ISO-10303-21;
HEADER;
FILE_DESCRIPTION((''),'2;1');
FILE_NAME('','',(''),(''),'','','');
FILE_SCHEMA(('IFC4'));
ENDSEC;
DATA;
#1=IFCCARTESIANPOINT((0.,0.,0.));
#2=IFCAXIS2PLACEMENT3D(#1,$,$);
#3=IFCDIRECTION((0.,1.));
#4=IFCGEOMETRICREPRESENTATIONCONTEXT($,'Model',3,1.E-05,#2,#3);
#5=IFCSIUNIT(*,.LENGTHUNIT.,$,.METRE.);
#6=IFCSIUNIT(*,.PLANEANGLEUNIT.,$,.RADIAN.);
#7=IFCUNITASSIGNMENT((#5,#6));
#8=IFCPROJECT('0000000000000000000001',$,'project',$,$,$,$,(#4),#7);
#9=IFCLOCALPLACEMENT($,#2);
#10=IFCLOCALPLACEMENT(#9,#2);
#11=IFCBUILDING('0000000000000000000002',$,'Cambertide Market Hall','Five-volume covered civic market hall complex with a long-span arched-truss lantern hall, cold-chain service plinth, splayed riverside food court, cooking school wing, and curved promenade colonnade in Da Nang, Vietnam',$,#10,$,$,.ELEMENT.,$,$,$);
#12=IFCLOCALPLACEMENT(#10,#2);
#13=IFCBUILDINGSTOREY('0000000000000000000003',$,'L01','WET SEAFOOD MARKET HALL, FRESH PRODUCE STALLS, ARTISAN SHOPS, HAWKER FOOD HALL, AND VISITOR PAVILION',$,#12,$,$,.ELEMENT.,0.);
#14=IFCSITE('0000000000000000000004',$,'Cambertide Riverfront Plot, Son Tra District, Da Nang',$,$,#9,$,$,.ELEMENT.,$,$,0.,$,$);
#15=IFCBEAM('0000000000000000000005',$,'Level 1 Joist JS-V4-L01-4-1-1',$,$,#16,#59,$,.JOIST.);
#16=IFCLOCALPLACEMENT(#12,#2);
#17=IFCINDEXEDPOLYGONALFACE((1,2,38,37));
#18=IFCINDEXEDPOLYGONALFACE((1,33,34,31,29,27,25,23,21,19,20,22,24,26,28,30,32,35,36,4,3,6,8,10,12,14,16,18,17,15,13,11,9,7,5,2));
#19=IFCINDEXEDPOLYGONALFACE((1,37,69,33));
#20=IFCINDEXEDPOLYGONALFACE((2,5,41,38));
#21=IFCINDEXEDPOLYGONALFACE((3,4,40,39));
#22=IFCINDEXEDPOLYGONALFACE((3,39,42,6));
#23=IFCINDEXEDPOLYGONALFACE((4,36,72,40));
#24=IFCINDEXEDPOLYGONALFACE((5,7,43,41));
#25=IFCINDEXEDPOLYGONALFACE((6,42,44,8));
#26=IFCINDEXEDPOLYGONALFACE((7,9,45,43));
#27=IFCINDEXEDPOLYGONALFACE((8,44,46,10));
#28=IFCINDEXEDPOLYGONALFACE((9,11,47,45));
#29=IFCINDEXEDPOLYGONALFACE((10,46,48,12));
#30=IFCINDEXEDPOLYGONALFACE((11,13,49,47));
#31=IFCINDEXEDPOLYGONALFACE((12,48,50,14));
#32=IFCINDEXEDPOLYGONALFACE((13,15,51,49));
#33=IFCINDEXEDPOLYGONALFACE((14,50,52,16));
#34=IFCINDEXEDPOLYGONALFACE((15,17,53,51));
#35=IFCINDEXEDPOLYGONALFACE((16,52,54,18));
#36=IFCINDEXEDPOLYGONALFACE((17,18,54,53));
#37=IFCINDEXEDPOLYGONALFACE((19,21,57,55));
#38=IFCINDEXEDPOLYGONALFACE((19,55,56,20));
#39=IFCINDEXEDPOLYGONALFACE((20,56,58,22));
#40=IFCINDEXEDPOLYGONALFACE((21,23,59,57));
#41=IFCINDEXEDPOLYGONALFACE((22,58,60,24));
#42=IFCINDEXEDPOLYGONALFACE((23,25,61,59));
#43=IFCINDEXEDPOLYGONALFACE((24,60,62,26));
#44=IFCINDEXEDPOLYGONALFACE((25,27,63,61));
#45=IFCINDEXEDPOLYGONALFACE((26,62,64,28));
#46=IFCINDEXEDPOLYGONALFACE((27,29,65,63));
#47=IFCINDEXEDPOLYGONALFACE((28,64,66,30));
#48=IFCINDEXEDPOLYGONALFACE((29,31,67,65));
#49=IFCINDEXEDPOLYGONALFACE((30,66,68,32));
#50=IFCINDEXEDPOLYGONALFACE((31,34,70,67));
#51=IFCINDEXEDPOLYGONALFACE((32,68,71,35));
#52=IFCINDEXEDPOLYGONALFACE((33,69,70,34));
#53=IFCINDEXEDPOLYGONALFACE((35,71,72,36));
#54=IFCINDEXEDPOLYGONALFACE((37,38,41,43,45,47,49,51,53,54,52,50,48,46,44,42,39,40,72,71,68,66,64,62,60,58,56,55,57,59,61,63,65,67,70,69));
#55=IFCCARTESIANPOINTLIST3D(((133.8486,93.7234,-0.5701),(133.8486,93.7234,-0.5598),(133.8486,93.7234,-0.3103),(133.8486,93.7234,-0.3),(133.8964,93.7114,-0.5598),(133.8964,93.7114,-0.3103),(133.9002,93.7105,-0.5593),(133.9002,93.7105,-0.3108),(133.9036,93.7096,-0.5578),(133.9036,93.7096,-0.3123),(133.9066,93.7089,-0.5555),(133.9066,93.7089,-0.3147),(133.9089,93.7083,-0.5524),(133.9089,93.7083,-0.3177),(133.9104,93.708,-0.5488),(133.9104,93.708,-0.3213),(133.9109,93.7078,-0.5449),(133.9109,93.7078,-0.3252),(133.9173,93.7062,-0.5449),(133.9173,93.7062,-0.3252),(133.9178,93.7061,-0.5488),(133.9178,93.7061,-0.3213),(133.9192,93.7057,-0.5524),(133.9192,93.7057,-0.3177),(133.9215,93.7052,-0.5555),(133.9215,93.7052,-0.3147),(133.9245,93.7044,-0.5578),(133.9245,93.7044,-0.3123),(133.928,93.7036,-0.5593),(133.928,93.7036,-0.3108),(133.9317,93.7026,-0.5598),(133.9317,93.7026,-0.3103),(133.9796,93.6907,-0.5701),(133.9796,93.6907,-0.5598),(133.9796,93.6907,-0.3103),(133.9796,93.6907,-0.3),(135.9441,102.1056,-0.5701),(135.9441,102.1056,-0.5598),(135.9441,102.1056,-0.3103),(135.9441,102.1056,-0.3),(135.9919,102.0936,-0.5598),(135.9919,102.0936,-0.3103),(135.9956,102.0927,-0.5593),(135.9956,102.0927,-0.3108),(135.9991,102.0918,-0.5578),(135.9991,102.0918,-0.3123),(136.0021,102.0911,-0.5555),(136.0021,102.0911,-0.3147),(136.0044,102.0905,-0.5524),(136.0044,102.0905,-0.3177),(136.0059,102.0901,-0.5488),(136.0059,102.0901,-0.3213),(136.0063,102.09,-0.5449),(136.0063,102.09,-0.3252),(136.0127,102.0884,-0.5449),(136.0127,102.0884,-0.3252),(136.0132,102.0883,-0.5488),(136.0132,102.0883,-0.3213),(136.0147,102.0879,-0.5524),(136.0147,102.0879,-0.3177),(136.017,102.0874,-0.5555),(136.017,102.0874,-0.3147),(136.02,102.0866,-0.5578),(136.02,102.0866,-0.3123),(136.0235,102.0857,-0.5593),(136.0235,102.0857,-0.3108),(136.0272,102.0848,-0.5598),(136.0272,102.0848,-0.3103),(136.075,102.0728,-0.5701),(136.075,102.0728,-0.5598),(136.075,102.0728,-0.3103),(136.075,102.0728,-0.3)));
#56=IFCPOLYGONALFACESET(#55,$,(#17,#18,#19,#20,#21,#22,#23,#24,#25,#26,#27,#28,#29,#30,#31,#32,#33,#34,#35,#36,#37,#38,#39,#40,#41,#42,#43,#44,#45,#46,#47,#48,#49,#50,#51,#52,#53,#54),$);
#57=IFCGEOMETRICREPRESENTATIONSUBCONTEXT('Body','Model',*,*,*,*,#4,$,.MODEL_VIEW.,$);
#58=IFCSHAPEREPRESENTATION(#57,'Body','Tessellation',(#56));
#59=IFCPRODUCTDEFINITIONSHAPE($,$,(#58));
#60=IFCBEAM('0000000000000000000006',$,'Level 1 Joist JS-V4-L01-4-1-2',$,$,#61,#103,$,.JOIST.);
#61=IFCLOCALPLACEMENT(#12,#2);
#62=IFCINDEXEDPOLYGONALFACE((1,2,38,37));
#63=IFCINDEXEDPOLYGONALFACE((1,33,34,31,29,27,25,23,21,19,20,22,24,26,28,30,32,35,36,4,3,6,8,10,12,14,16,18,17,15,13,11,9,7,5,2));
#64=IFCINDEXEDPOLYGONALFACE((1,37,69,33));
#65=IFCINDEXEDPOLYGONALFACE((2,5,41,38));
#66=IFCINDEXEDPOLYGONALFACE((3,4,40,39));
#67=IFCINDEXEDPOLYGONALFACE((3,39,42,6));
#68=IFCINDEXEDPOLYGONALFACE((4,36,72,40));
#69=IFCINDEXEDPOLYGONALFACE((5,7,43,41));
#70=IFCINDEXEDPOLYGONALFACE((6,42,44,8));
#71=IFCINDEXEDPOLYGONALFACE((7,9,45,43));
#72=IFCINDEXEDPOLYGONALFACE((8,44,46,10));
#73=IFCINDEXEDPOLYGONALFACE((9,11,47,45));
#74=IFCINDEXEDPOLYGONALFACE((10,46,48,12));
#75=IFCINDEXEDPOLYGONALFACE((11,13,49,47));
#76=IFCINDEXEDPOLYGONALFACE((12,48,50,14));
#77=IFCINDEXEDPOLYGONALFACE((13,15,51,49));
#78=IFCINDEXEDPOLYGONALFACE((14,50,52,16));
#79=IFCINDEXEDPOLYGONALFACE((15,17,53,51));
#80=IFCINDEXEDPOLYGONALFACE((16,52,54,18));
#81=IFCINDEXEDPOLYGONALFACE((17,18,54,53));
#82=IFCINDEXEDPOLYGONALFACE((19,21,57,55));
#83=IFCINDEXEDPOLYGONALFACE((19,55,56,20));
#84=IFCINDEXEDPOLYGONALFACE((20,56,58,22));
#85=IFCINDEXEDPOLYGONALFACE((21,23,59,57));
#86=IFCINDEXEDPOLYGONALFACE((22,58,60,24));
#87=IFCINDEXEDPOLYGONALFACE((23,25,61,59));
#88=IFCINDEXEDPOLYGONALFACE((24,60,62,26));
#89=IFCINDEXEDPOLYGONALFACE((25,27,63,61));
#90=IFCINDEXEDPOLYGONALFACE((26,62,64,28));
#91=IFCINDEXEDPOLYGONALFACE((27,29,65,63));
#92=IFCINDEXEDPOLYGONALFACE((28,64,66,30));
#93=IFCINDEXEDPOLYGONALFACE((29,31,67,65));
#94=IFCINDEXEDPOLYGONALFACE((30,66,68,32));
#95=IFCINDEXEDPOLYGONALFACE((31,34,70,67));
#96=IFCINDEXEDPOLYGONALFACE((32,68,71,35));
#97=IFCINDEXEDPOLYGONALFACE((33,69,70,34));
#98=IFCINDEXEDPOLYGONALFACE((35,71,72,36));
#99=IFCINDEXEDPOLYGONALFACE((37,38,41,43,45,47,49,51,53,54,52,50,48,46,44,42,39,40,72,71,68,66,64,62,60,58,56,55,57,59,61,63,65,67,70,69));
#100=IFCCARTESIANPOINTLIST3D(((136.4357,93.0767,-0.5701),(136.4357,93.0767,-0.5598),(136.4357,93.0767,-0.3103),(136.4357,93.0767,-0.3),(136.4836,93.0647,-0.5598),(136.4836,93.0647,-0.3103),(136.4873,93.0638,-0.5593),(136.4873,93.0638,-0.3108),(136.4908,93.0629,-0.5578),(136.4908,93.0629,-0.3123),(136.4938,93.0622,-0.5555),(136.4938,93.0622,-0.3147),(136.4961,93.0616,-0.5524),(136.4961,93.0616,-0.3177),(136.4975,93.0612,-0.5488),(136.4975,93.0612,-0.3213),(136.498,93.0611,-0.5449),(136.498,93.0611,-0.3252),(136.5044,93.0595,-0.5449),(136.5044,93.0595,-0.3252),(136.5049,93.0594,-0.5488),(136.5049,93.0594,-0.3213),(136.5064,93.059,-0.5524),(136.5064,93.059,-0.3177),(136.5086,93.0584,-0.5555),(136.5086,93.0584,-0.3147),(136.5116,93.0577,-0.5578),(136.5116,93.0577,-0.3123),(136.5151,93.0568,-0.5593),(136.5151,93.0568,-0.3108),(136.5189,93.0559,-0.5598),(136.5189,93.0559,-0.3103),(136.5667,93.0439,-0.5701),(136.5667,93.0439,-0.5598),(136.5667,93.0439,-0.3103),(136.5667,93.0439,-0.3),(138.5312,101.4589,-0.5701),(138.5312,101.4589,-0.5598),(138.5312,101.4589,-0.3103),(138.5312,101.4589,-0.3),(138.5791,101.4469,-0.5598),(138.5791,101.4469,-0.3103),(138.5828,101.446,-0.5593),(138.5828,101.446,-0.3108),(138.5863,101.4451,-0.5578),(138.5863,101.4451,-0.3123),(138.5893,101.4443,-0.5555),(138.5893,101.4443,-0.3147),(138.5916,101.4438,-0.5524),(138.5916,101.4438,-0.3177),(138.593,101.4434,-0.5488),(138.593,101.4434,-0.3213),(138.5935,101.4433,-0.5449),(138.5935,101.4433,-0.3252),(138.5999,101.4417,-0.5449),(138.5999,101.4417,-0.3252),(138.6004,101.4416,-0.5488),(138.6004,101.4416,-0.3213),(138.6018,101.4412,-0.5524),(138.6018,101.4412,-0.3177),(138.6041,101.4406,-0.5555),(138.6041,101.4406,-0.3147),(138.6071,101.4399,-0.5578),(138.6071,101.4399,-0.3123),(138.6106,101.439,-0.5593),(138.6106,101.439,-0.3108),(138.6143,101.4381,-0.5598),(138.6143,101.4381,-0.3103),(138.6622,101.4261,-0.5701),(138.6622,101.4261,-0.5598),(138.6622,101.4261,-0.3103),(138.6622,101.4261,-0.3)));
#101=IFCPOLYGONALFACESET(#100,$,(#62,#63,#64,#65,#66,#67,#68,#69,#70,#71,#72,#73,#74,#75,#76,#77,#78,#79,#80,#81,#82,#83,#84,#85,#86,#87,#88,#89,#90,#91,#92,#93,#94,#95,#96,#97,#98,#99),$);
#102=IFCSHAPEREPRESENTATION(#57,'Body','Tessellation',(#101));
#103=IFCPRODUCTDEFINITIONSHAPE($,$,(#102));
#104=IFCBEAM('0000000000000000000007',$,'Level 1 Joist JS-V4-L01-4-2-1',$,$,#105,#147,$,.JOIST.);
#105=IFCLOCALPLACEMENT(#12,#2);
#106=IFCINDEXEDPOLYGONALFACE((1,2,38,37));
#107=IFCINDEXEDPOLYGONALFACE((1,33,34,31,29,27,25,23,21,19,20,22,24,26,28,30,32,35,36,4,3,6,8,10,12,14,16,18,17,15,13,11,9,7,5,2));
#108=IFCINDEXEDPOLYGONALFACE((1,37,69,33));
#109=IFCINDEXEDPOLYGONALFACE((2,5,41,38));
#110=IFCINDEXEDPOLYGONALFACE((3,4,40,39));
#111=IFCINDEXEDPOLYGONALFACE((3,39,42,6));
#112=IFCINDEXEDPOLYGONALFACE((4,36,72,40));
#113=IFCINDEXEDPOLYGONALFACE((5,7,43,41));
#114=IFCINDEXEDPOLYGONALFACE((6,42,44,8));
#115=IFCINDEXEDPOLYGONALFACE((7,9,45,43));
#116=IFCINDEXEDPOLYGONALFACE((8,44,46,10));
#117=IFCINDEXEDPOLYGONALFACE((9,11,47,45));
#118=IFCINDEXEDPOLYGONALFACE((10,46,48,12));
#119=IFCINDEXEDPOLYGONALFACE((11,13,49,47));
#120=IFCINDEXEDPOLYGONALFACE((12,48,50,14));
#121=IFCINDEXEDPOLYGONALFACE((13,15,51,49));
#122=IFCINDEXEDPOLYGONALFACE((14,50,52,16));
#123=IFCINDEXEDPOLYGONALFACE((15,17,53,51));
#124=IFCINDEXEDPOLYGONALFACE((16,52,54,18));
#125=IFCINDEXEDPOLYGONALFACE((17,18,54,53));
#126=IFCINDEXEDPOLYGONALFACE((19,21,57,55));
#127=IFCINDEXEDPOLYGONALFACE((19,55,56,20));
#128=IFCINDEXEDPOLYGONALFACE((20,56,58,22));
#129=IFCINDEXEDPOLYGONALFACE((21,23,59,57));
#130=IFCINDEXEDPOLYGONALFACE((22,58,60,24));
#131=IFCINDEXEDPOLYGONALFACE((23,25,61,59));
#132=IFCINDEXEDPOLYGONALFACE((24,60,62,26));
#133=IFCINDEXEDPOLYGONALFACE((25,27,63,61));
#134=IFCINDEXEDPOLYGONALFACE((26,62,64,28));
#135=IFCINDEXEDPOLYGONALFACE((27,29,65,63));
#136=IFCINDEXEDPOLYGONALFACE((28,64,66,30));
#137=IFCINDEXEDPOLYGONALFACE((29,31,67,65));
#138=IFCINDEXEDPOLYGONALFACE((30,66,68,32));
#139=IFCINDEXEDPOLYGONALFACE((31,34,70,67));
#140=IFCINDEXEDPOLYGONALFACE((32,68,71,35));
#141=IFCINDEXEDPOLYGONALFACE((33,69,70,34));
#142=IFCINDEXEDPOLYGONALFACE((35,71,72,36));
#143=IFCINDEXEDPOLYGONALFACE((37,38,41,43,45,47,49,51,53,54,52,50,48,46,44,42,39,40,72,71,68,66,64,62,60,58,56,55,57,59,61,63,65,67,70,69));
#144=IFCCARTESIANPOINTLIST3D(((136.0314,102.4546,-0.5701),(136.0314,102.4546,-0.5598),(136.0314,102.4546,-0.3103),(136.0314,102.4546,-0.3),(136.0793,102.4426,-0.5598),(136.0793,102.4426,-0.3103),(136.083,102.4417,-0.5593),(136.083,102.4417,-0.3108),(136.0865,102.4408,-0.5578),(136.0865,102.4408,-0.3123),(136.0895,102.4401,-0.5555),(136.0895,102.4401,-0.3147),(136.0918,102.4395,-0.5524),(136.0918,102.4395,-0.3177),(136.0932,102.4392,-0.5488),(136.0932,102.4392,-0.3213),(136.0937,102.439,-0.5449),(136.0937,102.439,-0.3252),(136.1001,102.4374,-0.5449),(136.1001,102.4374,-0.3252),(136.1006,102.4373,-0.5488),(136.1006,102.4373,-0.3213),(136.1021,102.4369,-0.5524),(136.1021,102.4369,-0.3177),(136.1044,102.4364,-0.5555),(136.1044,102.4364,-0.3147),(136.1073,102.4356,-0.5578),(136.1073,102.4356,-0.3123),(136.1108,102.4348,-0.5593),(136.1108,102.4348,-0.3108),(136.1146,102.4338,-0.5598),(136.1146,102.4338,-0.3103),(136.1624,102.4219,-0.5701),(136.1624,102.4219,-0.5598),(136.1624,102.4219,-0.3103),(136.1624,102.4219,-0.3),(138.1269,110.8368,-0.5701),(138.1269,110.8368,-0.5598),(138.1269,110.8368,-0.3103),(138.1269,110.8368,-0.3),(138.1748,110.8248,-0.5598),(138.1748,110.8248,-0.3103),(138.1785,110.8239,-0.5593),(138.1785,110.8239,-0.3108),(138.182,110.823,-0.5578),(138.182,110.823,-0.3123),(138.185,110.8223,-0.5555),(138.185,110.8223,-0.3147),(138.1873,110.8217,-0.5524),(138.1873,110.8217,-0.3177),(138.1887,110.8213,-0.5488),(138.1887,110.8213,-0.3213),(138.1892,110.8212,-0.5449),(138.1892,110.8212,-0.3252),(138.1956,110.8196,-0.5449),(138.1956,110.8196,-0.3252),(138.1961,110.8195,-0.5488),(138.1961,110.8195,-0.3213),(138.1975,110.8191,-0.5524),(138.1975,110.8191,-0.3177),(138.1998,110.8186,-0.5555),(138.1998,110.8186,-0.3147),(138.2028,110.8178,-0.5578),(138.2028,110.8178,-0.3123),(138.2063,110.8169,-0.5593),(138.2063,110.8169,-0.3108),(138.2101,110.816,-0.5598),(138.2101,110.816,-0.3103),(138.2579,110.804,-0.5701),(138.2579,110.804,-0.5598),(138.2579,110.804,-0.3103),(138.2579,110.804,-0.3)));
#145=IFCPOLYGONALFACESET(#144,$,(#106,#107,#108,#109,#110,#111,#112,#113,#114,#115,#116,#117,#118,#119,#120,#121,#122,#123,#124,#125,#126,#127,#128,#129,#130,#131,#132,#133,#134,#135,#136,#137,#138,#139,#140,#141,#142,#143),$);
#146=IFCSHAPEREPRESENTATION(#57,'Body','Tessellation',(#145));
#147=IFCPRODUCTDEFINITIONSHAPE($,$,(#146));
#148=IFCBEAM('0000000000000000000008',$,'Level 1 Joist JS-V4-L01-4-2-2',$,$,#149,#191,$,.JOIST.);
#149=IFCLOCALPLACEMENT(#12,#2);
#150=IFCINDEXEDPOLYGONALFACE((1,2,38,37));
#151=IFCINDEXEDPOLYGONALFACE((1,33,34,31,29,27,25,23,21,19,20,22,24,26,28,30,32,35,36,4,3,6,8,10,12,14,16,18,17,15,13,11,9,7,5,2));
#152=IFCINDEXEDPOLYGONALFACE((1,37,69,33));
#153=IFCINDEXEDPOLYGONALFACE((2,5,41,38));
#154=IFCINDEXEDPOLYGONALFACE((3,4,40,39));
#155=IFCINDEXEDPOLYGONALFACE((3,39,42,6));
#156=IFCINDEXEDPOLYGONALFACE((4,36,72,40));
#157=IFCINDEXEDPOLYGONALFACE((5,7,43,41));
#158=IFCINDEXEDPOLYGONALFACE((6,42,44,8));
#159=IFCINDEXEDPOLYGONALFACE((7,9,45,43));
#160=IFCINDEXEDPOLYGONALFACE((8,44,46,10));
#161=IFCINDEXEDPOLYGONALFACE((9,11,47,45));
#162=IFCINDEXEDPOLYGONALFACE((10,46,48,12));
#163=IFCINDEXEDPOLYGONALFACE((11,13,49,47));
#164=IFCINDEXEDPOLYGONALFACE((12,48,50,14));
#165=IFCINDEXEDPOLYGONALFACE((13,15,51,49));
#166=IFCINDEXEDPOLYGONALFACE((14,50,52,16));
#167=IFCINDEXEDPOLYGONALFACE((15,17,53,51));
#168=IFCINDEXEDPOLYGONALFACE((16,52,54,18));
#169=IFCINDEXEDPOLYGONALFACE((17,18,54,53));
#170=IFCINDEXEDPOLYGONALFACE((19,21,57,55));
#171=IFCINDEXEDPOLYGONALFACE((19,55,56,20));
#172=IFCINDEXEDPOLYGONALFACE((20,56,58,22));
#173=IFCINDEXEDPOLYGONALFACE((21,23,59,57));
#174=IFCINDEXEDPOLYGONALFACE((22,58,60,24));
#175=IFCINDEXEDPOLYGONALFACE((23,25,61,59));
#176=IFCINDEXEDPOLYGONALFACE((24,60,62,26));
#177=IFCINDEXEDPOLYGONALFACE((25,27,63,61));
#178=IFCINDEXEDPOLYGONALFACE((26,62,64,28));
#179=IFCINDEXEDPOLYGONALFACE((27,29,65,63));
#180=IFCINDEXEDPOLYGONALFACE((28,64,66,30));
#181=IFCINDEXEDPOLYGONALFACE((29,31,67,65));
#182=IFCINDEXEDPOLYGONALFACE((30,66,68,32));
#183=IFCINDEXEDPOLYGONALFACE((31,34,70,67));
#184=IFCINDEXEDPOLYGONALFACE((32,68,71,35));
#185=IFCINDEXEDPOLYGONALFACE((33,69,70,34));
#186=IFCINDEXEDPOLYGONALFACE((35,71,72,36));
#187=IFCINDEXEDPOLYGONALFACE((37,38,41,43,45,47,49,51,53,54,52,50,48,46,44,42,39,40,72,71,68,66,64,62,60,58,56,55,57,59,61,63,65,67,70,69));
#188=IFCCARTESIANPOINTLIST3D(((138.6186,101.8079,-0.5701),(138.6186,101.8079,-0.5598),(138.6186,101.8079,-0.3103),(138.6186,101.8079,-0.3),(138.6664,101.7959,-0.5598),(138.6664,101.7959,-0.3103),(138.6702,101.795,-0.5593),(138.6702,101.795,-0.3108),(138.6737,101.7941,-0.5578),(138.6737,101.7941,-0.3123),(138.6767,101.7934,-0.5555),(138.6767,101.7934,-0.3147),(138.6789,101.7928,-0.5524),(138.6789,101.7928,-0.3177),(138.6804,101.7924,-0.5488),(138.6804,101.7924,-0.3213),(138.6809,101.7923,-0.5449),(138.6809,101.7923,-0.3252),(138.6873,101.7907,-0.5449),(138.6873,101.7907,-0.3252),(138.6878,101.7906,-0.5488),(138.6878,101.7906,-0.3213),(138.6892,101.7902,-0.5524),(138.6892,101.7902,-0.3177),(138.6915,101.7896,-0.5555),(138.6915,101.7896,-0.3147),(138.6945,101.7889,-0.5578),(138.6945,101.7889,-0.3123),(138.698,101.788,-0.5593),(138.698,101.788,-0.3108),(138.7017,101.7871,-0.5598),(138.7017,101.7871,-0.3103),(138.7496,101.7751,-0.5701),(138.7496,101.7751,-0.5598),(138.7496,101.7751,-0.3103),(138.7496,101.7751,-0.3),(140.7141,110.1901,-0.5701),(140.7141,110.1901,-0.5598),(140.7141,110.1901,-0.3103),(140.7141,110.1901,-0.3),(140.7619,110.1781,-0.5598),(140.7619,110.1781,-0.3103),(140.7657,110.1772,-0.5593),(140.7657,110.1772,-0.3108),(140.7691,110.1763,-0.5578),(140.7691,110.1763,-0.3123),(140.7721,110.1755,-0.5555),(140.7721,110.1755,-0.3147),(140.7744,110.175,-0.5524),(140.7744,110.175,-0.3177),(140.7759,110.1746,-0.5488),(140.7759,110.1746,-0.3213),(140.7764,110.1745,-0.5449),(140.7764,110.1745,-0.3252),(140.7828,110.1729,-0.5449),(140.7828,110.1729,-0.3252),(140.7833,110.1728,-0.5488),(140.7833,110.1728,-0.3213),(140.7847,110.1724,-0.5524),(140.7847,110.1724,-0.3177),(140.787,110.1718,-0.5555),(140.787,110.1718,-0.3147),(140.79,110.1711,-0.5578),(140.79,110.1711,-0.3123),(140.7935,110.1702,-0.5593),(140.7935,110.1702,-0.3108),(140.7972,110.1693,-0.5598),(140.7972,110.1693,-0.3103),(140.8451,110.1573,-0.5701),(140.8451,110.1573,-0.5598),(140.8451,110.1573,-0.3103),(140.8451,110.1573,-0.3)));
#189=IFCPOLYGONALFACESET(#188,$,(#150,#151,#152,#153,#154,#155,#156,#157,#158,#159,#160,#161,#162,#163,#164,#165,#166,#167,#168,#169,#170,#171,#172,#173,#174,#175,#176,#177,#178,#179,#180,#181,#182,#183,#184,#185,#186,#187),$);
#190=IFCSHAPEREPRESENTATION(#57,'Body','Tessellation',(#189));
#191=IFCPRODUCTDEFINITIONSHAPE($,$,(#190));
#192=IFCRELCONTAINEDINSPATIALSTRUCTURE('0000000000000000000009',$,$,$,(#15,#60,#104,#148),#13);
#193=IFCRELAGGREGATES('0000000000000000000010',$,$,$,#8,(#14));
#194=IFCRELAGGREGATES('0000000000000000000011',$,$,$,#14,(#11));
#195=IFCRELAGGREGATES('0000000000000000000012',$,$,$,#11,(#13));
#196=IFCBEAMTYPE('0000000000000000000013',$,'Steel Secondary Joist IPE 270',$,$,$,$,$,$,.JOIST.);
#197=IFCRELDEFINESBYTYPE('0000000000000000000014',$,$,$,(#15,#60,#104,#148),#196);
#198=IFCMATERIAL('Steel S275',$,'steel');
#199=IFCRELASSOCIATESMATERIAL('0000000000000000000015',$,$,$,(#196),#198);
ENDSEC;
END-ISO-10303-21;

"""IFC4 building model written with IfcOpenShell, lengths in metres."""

from ifc_helpers import new_model, si_unit, direction, frame, origin, origin_2d, place, context, subcontext, project, spatial, i_section, extrude, material, material_profile, profile_set, type_object, element, save


model = new_model("IFC4")

# Units and contexts
model_context = context("Model", 3, precision=1e-05, world=origin(), true_north=direction((0.0, 1.0)))
body_context = subcontext(model_context, "Body", "Model", "MODEL_VIEW")
ifc_project = project(units=[si_unit("LENGTHUNIT", "METRE"), si_unit("PLANEANGLEUNIT", "RADIAN")], contexts=[model_context])

# Site, building, storey
site_placement = place(None, origin())
site = spatial("IfcSite", under=ifc_project, at=site_placement, Name="Cambertide Riverfront Plot, Son Tra District, Da Nang", CompositionType="ELEMENT", RefElevation=0.0)
building_placement = place(site_placement, origin())
building = spatial("IfcBuilding", under=site, at=building_placement, Name="Cambertide Market Hall", Description="Five-volume covered civic market hall complex with a long-span arched-truss lantern hall, cold-chain service plinth, splayed riverside food court, cooking school wing, and curved promenade colonnade in Da Nang, Vietnam", CompositionType="ELEMENT")
storey_placement = place(building_placement, origin())
storey = spatial("IfcBuildingStorey", under=building, at=storey_placement, Name="L01", Description="WET SEAFOOD MARKET HALL, FRESH PRODUCE STALLS, ARTISAN SHOPS, HAWKER FOOD HALL, AND VISITOR PAVILION", CompositionType="ELEMENT", Elevation=0.0)

# Beams
ifc_material_1 = material(Name="Steel S275", Category="steel")
ifc_material_profile_1 = material_profile(ifc_material_1, i_section(OverallWidth=0.135, OverallDepth=0.27, WebThickness=0.0066, FlangeThickness=0.0103, FilletRadius=0.0149, at=origin_2d()), Name="IPE 270")
ifc_profile_set_1 = profile_set([ifc_material_profile_1], Name="Steel S275")
beam_type_1 = type_object("IfcBeamType", Name="Steel Secondary Joist IPE 270", PredefinedType="JOIST", material=ifc_profile_set_1)
for number, where, z_axis, x_axis, name in (
    (1, (133.9141, 93.707, -0.4351), (0.242529, 0.970144, 0.0), (-0.970144, 0.242529, 0.0), "Level 1 Joist JS-V4-L01-4-1-1"),
    (2, (136.5012, 93.0603, -0.4351), (0.242529, 0.970144, 0.0), (-0.970144, 0.242529, 0.0), "Level 1 Joist JS-V4-L01-4-1-2"),
    (3, (136.0969, 102.4382, -0.4351), (0.242529, 0.970144, 0.0), (-0.970144, 0.242529, 0.0), "Level 1 Joist JS-V4-L01-4-2-1"),
    (4, (138.6841, 101.7915, -0.4351), (0.242529, 0.970144, 0.0), (-0.970144, 0.242529, 0.0), "Level 1 Joist JS-V4-L01-4-2-2"),
):
    element("IfcBeam", number, at=place(storey_placement, frame(where, z_axis=z_axis, x_axis=x_axis)), inside=storey, type_object=beam_type_1, Name=name, PredefinedType="JOIST", context=body_context, shape_type="SweptSolid", body=[
        extrude(i_section(OverallWidth=0.135, OverallDepth=0.27, WebThickness=0.0066, FlangeThickness=0.0103, FilletRadius=0.0149, at=origin_2d()), origin(), (0.0, 0.0, 1.0), 8.6401),
    ])

save(model, "model.ifc")
